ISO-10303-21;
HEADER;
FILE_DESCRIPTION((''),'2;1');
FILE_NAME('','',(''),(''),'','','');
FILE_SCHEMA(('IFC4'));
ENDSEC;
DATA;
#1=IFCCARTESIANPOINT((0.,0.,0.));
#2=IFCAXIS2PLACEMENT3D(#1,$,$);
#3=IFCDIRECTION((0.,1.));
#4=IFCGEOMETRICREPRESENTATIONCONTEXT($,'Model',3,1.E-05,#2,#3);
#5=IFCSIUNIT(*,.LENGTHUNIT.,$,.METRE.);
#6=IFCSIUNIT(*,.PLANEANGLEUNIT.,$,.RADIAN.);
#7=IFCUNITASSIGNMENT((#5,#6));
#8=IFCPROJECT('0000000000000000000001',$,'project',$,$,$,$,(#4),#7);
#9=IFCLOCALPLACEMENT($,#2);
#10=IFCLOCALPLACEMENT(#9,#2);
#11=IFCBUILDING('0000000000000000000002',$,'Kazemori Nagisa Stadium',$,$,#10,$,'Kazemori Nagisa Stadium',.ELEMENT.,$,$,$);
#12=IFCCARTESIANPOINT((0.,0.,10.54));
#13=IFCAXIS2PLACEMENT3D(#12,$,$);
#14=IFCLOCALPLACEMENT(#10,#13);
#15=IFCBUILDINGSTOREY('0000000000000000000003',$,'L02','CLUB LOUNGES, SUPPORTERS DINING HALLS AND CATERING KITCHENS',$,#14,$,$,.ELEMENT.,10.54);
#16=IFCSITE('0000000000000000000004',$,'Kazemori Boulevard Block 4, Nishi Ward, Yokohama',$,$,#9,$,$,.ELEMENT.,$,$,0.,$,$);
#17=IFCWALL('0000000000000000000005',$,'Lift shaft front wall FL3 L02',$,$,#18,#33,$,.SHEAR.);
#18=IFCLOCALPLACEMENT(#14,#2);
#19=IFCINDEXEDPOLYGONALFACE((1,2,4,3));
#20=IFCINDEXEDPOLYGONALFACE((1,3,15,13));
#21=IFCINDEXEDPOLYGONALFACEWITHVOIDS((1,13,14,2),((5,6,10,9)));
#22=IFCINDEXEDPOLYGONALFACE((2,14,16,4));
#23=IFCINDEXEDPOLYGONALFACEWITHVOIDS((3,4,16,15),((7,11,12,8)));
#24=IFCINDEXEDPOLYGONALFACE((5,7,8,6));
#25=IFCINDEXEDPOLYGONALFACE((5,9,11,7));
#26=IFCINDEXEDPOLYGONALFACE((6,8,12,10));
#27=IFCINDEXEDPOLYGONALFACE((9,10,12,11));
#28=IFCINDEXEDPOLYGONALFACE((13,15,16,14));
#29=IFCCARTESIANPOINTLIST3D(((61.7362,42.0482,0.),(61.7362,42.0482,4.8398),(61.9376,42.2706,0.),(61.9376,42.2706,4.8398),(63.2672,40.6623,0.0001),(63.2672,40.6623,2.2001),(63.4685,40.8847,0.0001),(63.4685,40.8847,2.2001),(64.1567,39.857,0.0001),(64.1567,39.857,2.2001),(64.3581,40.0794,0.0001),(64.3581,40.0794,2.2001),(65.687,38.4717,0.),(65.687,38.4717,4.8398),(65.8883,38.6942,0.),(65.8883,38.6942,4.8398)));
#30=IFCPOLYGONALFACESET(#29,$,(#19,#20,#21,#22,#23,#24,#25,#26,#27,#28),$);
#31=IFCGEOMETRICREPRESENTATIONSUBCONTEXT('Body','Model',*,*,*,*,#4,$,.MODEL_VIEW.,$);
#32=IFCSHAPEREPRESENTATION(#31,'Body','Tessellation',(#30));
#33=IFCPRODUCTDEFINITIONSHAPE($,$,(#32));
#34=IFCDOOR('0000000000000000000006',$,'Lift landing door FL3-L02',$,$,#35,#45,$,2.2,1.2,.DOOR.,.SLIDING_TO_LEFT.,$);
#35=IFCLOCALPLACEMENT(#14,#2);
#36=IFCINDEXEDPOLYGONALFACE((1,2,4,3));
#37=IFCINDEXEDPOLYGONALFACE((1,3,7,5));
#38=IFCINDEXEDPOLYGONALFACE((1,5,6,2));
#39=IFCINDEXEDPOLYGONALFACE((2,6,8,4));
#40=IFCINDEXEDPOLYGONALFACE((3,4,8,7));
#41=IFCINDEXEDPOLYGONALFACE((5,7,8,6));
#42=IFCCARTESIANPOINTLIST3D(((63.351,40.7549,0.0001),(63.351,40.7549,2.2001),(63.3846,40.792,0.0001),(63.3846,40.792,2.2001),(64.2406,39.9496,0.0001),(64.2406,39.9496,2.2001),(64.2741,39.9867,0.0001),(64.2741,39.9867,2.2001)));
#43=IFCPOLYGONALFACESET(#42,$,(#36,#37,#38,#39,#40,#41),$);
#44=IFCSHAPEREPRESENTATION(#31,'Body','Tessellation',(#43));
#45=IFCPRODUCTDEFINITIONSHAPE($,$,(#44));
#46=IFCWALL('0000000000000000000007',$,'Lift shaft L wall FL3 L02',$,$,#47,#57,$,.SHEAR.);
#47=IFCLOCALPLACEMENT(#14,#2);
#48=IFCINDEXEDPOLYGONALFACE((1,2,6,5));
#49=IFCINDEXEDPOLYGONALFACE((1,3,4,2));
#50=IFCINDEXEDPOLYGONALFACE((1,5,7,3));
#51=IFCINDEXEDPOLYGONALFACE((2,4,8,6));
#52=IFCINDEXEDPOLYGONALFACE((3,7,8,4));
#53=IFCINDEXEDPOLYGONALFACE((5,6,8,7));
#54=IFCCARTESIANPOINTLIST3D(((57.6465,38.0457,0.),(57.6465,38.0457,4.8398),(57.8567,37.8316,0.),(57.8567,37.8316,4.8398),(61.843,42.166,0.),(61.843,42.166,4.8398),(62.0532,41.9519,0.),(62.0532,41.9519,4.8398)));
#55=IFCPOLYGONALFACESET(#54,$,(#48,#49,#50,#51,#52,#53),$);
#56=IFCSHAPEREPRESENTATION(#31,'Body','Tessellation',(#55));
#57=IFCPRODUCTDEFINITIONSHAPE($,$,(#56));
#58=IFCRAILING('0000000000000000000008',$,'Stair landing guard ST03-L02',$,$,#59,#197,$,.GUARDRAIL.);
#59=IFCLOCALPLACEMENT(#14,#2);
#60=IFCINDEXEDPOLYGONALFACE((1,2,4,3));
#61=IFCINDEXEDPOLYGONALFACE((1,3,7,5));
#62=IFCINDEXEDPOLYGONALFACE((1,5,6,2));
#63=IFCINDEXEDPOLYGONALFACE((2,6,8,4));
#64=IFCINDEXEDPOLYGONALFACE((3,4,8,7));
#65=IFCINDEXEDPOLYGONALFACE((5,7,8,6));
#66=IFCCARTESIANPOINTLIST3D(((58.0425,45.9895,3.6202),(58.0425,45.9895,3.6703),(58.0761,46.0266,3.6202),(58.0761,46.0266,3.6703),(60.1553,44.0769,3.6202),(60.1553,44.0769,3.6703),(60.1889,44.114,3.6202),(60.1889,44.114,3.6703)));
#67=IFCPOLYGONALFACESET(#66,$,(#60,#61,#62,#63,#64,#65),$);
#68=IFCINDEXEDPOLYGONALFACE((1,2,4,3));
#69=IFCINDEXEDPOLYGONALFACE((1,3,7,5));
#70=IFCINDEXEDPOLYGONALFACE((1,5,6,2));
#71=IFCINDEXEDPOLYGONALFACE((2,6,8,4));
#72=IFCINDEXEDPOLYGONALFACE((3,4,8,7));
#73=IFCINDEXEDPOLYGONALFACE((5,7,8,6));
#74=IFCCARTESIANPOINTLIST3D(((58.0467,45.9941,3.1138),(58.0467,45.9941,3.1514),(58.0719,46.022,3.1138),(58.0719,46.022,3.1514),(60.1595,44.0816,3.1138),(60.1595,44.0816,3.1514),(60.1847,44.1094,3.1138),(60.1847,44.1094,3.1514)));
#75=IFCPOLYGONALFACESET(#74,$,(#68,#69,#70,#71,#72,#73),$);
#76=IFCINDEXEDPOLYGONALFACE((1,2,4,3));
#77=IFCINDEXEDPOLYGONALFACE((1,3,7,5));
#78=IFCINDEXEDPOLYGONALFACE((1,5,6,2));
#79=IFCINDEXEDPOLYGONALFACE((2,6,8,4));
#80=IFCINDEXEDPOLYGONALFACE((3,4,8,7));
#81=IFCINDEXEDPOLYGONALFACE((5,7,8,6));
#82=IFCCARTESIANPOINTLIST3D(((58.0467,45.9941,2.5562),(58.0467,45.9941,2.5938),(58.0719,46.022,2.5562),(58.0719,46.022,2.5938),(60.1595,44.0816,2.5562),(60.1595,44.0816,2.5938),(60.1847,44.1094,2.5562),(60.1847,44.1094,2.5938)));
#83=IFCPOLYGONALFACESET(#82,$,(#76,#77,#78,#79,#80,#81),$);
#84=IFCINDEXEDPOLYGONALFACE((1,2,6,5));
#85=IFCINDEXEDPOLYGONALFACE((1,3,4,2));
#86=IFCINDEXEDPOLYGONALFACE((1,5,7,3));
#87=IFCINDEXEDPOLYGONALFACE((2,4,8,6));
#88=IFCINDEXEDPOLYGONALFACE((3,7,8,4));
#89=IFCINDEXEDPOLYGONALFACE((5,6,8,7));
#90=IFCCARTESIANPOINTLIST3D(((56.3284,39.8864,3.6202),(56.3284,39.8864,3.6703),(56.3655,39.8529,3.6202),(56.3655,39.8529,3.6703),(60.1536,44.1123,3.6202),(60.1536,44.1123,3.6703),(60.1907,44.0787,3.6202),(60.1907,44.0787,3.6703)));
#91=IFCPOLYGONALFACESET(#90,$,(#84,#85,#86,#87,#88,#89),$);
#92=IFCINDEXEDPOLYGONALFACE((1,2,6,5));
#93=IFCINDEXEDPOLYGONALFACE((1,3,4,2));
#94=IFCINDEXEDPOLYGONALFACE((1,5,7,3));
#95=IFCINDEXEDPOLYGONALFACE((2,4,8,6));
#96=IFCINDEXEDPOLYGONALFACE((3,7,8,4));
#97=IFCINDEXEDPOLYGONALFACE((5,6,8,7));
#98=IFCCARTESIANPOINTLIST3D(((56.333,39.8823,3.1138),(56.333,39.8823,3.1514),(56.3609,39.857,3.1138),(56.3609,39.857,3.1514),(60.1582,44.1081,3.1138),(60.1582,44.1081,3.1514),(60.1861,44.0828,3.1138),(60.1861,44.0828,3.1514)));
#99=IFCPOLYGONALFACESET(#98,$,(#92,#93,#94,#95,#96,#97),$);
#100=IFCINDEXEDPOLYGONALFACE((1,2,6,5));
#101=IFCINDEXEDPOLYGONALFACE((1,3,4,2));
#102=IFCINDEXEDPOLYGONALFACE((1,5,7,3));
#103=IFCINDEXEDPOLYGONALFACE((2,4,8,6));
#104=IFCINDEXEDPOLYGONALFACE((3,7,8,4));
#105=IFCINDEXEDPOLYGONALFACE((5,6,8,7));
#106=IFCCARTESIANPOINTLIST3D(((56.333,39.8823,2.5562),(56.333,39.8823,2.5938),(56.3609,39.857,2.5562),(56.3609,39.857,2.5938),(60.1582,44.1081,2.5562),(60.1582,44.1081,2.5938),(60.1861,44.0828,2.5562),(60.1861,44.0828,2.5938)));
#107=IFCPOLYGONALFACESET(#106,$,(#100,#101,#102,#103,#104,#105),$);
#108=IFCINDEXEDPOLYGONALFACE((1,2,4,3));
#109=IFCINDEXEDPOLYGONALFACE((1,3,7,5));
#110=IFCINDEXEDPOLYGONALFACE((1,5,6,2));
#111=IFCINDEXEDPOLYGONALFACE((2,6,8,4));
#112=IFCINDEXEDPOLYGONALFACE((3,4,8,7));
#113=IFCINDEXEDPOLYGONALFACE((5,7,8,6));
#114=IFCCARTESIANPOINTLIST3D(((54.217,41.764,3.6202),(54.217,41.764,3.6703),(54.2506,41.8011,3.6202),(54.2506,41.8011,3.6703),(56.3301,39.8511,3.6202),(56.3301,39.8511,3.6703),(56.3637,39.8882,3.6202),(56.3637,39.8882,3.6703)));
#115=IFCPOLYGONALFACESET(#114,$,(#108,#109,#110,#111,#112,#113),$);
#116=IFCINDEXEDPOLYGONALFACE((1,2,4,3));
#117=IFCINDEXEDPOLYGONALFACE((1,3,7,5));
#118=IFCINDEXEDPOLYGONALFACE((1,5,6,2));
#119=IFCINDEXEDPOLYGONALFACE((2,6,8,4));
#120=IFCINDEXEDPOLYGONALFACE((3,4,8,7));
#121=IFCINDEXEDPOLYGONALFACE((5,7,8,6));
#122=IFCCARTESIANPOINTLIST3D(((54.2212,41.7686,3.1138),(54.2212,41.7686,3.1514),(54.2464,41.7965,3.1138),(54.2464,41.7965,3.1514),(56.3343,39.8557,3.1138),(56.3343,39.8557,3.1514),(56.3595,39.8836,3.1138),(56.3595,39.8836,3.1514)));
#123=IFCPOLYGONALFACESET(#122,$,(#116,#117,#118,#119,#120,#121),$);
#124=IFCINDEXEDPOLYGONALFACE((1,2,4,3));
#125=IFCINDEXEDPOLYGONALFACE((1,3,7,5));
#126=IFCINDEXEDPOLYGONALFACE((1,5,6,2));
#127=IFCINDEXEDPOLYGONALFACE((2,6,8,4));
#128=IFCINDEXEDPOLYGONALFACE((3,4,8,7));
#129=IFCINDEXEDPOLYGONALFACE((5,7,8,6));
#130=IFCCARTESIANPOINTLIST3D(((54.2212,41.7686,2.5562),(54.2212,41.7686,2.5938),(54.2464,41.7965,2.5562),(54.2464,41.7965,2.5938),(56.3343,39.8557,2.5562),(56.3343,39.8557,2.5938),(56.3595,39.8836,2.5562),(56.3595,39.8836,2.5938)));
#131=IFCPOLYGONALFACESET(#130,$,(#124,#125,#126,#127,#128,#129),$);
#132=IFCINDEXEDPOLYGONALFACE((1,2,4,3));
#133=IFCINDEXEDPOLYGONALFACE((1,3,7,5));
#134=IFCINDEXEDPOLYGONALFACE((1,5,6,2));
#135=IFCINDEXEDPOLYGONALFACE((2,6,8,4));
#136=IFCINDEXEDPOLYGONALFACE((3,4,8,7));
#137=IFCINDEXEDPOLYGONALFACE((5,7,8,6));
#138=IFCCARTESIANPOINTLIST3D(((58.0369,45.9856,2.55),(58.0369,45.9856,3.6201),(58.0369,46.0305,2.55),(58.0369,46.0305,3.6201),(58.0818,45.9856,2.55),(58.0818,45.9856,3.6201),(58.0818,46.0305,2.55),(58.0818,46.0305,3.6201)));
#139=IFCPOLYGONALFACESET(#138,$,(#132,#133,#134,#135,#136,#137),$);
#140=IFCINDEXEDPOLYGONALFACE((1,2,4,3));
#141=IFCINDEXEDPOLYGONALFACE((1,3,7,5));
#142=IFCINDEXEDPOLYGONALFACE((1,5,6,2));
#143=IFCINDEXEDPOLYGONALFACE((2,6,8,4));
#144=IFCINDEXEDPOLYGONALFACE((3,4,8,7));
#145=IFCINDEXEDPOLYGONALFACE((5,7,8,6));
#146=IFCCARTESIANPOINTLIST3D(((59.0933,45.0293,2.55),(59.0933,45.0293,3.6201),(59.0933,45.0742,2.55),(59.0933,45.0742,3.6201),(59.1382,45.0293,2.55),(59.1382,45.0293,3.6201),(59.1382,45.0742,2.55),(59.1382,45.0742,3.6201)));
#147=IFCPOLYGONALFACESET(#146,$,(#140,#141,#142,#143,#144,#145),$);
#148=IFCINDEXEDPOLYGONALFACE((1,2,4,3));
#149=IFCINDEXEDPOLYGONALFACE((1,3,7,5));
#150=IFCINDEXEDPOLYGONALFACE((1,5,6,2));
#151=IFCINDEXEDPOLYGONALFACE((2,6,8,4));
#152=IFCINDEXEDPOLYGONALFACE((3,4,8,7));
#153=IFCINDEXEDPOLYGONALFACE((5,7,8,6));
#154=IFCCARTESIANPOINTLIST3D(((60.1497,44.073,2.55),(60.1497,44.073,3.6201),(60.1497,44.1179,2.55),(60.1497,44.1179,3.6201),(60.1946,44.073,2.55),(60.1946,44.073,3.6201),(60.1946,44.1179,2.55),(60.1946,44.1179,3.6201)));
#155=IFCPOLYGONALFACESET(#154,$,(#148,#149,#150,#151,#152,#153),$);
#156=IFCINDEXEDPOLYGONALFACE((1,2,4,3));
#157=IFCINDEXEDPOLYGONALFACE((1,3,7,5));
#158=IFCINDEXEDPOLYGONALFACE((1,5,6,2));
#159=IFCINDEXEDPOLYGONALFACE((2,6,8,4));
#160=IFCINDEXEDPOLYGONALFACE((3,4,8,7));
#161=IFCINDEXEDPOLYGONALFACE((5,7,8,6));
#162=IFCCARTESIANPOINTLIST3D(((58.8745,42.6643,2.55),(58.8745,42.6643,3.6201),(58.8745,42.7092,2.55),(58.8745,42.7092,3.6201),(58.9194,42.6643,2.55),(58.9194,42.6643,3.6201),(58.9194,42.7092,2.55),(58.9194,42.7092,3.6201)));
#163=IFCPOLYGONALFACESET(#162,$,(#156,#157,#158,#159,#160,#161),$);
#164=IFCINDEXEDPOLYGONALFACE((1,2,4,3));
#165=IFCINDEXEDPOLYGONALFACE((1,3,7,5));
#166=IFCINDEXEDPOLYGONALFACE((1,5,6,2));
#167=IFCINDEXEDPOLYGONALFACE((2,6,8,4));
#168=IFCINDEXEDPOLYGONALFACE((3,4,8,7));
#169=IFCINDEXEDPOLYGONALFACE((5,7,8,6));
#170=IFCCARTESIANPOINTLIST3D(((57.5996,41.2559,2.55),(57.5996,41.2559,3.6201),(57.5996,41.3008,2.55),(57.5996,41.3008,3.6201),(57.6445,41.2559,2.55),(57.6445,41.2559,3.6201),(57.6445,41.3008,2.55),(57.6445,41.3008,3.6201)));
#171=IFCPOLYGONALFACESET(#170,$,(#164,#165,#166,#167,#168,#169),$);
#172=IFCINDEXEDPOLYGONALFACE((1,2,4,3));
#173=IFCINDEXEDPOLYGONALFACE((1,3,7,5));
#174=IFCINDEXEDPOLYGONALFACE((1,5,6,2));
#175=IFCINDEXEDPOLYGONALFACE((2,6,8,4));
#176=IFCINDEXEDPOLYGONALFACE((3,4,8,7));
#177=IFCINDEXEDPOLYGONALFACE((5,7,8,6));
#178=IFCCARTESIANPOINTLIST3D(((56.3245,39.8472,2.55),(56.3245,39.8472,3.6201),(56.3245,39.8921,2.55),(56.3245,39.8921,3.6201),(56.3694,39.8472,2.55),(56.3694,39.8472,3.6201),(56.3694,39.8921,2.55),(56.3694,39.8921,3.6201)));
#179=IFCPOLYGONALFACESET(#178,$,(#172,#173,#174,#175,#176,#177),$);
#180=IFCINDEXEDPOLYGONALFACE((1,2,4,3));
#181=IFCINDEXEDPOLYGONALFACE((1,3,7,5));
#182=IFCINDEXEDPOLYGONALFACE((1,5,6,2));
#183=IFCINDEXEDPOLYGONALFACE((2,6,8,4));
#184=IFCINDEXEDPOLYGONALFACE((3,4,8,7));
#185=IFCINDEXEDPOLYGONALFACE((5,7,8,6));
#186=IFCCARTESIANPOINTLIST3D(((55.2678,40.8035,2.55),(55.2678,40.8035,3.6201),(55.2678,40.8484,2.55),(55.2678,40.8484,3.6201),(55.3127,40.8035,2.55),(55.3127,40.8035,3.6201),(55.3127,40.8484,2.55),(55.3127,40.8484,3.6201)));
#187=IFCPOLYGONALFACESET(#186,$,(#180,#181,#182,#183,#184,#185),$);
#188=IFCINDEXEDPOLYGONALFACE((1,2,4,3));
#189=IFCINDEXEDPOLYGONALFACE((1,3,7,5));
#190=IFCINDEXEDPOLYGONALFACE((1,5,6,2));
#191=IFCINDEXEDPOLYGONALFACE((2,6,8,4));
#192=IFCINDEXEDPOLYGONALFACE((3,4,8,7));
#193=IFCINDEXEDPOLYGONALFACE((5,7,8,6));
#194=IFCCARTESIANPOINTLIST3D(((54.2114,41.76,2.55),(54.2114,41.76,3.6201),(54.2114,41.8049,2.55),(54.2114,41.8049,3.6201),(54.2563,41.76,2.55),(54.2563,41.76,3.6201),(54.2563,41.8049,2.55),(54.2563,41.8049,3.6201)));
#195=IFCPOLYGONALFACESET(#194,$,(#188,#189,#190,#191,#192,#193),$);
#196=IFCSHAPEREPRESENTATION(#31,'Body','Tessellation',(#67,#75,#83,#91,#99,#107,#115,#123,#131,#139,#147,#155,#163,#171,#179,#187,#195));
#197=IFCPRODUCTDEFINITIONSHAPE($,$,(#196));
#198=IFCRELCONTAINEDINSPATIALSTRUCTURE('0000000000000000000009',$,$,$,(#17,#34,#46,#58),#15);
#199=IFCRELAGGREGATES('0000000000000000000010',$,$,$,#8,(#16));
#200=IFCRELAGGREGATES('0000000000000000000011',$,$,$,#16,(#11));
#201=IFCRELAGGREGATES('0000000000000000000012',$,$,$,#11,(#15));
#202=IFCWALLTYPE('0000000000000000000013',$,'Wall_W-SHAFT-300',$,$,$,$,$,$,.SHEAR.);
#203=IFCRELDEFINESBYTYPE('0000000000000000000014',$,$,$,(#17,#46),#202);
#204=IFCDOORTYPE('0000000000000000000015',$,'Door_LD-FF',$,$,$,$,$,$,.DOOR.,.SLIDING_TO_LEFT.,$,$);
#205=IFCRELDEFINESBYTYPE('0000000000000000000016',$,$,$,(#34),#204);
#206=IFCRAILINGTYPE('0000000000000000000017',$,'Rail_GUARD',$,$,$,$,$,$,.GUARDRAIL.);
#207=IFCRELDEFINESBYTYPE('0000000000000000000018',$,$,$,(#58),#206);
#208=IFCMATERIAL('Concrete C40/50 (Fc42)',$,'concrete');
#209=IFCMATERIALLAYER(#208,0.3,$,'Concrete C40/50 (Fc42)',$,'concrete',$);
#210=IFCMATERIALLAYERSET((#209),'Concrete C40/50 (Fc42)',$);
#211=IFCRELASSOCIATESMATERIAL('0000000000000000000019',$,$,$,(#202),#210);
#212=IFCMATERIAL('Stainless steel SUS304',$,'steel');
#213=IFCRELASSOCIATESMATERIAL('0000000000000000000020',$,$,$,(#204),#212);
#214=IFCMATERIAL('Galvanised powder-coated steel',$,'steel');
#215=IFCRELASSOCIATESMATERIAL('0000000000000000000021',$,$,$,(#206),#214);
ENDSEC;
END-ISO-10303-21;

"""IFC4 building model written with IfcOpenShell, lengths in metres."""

from ifc_helpers import new_model, si_unit, direction, frame, frame_2d, origin, origin_2d, place, context, subcontext, project, spatial, rectangle, extrude, material, layer, layer_set, type_object, element, fill, save


model = new_model("IFC4")

# Units and contexts
model_context = context("Model", 3, precision=1e-05, world=origin(), true_north=direction((0.0, 1.0)))
body_context = subcontext(model_context, "Body", "Model", "MODEL_VIEW")
ifc_project = project(units=[si_unit("LENGTHUNIT", "METRE"), si_unit("PLANEANGLEUNIT", "RADIAN")], contexts=[model_context])

# Site, building, storey
site_placement = place(None, origin())
site = spatial("IfcSite", under=ifc_project, at=site_placement, Name="Kazemori Boulevard Block 4, Nishi Ward, Yokohama", CompositionType="ELEMENT", RefElevation=0.0)
building_placement = place(site_placement, origin())
building = spatial("IfcBuilding", under=site, at=building_placement, Name="Kazemori Nagisa Stadium", LongName="Kazemori Nagisa Stadium", CompositionType="ELEMENT")
storey_placement = place(building_placement, frame((0.0, 0.0, 10.54)))
storey = spatial("IfcBuildingStorey", under=building, at=storey_placement, Name="L02", Description="CLUB LOUNGES, SUPPORTERS DINING HALLS AND CATERING KITCHENS", CompositionType="ELEMENT", Elevation=10.54)

# Shared definitions
ifc_material_1 = material(Name="Concrete C40/50 (Fc42)", Category="concrete")

# Wall, opening, door
ifc_layer_1 = layer(ifc_material_1, 0.3, Name="Concrete C40/50 (Fc42)", Category="concrete")
ifc_layer_set_1 = layer_set([ifc_layer_1], Name="Concrete C40/50 (Fc42)")
wall_type_1 = type_object("IfcWallType", Name="Wall_W-SHAFT-300", PredefinedType="SHEAR", material=ifc_layer_set_1)
wall_1_placement = place(storey_placement, frame((61.8369, 42.1594, 0.0), z_axis=(0.0, 0.0, 1.0), x_axis=(0.74135, -0.671118, 0.0)))
wall_1 = element("IfcWall", 1, at=wall_1_placement, inside=storey, type_object=wall_type_1, Name="Lift shaft front wall FL3 L02", PredefinedType="SHEAR", context=body_context, shape_type="SweptSolid", body=[
    extrude(rectangle(XDim=5.3291, YDim=0.3, at=frame_2d((2.6646, 0.0))), origin(), (0.0, 0.0, 1.0), 4.8398),
])
opening_placement = place(wall_1_placement, frame((2.0649, 0.0, 0.0)))
opening = element("IfcOpeningElement", 2, at=opening_placement, cuts=wall_1, PredefinedType="OPENING", context=body_context, shape_type="SweptSolid", body=[
    extrude(rectangle(XDim=1.2, YDim=2.2, at=frame_2d((0.6001, 1.1001))), frame((0.0, 0.1599, 0.0), z_axis=(0.0, -1.0, 0.0), x_axis=(1.0, 0.0, 0.0)), (0.0, 0.0, 1.0), 0.3201),
])
ifc_material_2 = material(Name="Stainless steel SUS304", Category="steel")
door_type = type_object("IfcDoorType", Name="Door_LD-FF", OperationType="SLIDING_TO_LEFT", PredefinedType="DOOR", material=ifc_material_2)
door_placement = place(opening_placement, origin())
door = element("IfcDoor", 3, at=door_placement, inside=storey, type_object=door_type, Name="Lift landing door FL3-L02", OperationType="SLIDING_TO_LEFT", OverallHeight=2.2, OverallWidth=1.2, PredefinedType="DOOR", context=body_context, shape_type="SweptSolid", body=[
    extrude(rectangle(XDim=1.2, YDim=2.2, at=frame_2d((0.6001, 1.1001))), frame((0.0, 0.0249, 0.0), z_axis=(0.0, -1.0, 0.0), x_axis=(1.0, 0.0, 0.0)), (0.0, 0.0, 1.0), 0.05),
])
fill(opening, door)

# Wall
wall_2_placement = place(storey_placement, frame((61.948, 42.0588, 0.0), z_axis=(0.0, 0.0, 1.0), x_axis=(-0.713553, -0.700601, 0.0)))
element("IfcWall", 4, at=wall_2_placement, inside=storey, type_object=wall_type_1, Name="Lift shaft L wall FL3 L02", PredefinedType="SHEAR", context=body_context, shape_type="SweptSolid", body=[
    extrude(rectangle(XDim=5.8811, YDim=0.3, at=frame_2d((2.9404, 0.0))), origin(), (0.0, 0.0, 1.0), 4.8398),
])

# Railing
ifc_material_3 = material(Name="Galvanised powder-coated steel", Category="steel")
railing_type = type_object("IfcRailingType", Name="Rail_GUARD", PredefinedType="GUARDRAIL", material=ifc_material_3)
railing_placement = place(storey_placement, frame((58.0593, 46.0081, 2.55)))
element("IfcRailing", 5, at=railing_placement, inside=storey, type_object=railing_type, Name="Stair landing guard ST03-L02", PredefinedType="GUARDRAIL", context=body_context, shape_type="SweptSolid", body=[
    extrude(rectangle(XDim=0.05, YDim=0.05, at=origin_2d()), frame((0.0, 0.0, 1.0952), z_axis=(0.741357, -0.671111, 0.0), x_axis=(0.671111, 0.741357, 0.0)), (0.0, 0.0, 1.0), 2.8499),
    extrude(rectangle(XDim=0.0376, YDim=0.0376, at=origin_2d()), frame((0.0, 0.0, 0.5825), z_axis=(0.741357, -0.671111, 0.0), x_axis=(0.671111, 0.741357, 0.0)), (0.0, 0.0, 1.0), 2.8499),
    extrude(rectangle(XDim=0.0376, YDim=0.0376, at=origin_2d()), frame((0.0, 0.0, 0.0249), z_axis=(0.741357, -0.671111, 0.0), x_axis=(0.671111, 0.741357, 0.0)), (0.0, 0.0, 1.0), 2.8499),
    extrude(rectangle(XDim=0.05, YDim=0.05, at=origin_2d()), frame((2.1128, -1.9126, 1.0952), z_axis=(-0.671089, -0.741376, 0.0), x_axis=(0.741376, -0.671089, 0.0)), (0.0, 0.0, 1.0), 5.7),
    extrude(rectangle(XDim=0.0376, YDim=0.0376, at=origin_2d()), frame((2.1128, -1.9126, 0.5825), z_axis=(-0.671089, -0.741376, 0.0), x_axis=(0.741376, -0.671089, 0.0)), (0.0, 0.0, 1.0), 5.7),
    extrude(rectangle(XDim=0.0376, YDim=0.0376, at=origin_2d()), frame((2.1128, -1.9126, 0.0249), z_axis=(-0.671089, -0.741376, 0.0), x_axis=(0.741376, -0.671089, 0.0)), (0.0, 0.0, 1.0), 5.7),
    extrude(rectangle(XDim=0.05, YDim=0.05, at=origin_2d()), frame((-1.7124, -6.1384, 1.0952), z_axis=(-0.741353, 0.671115, 0.0), x_axis=(-0.671115, -0.741353, 0.0)), (0.0, 0.0, 1.0), 2.8503),
    extrude(rectangle(XDim=0.0376, YDim=0.0376, at=origin_2d()), frame((-1.7124, -6.1384, 0.5825), z_axis=(-0.741353, 0.671115, 0.0), x_axis=(-0.671115, -0.741353, 0.0)), (0.0, 0.0, 1.0), 2.8503),
    extrude(rectangle(XDim=0.0376, YDim=0.0376, at=origin_2d()), frame((-1.7124, -6.1384, 0.0249), z_axis=(-0.741353, 0.671115, 0.0), x_axis=(-0.671115, -0.741353, 0.0)), (0.0, 0.0, 1.0), 2.8503),
    extrude(rectangle(XDim=0.0449, YDim=0.0449, at=origin_2d()), origin(), (0.0, 0.0, 1.0), 1.0701),
    extrude(rectangle(XDim=0.0449, YDim=0.0449, at=origin_2d()), frame((1.0564, -0.9563, 0.0)), (0.0, 0.0, 1.0), 1.0701),
    extrude(rectangle(XDim=0.0449, YDim=0.0449, at=origin_2d()), frame((2.1128, -1.9126, 0.0)), (0.0, 0.0, 1.0), 1.0701),
    extrude(rectangle(XDim=0.0449, YDim=0.0449, at=origin_2d()), frame((0.8376, -3.3213, 0.0)), (0.0, 0.0, 1.0), 1.0701),
    extrude(rectangle(XDim=0.0449, YDim=0.0449, at=origin_2d()), frame((-0.4373, -4.7297, 0.0)), (0.0, 0.0, 1.0), 1.0701),
    extrude(rectangle(XDim=0.0449, YDim=0.0449, at=origin_2d()), frame((-1.7124, -6.1384, 0.0)), (0.0, 0.0, 1.0), 1.0701),
    extrude(rectangle(XDim=0.0449, YDim=0.0449, at=origin_2d()), frame((-2.769, -5.1821, 0.0)), (0.0, 0.0, 1.0), 1.0701),
    extrude(rectangle(XDim=0.0449, YDim=0.0449, at=origin_2d()), frame((-3.8254, -4.2256, 0.0)), (0.0, 0.0, 1.0), 1.0701),
])

save(model, "model.ifc")
